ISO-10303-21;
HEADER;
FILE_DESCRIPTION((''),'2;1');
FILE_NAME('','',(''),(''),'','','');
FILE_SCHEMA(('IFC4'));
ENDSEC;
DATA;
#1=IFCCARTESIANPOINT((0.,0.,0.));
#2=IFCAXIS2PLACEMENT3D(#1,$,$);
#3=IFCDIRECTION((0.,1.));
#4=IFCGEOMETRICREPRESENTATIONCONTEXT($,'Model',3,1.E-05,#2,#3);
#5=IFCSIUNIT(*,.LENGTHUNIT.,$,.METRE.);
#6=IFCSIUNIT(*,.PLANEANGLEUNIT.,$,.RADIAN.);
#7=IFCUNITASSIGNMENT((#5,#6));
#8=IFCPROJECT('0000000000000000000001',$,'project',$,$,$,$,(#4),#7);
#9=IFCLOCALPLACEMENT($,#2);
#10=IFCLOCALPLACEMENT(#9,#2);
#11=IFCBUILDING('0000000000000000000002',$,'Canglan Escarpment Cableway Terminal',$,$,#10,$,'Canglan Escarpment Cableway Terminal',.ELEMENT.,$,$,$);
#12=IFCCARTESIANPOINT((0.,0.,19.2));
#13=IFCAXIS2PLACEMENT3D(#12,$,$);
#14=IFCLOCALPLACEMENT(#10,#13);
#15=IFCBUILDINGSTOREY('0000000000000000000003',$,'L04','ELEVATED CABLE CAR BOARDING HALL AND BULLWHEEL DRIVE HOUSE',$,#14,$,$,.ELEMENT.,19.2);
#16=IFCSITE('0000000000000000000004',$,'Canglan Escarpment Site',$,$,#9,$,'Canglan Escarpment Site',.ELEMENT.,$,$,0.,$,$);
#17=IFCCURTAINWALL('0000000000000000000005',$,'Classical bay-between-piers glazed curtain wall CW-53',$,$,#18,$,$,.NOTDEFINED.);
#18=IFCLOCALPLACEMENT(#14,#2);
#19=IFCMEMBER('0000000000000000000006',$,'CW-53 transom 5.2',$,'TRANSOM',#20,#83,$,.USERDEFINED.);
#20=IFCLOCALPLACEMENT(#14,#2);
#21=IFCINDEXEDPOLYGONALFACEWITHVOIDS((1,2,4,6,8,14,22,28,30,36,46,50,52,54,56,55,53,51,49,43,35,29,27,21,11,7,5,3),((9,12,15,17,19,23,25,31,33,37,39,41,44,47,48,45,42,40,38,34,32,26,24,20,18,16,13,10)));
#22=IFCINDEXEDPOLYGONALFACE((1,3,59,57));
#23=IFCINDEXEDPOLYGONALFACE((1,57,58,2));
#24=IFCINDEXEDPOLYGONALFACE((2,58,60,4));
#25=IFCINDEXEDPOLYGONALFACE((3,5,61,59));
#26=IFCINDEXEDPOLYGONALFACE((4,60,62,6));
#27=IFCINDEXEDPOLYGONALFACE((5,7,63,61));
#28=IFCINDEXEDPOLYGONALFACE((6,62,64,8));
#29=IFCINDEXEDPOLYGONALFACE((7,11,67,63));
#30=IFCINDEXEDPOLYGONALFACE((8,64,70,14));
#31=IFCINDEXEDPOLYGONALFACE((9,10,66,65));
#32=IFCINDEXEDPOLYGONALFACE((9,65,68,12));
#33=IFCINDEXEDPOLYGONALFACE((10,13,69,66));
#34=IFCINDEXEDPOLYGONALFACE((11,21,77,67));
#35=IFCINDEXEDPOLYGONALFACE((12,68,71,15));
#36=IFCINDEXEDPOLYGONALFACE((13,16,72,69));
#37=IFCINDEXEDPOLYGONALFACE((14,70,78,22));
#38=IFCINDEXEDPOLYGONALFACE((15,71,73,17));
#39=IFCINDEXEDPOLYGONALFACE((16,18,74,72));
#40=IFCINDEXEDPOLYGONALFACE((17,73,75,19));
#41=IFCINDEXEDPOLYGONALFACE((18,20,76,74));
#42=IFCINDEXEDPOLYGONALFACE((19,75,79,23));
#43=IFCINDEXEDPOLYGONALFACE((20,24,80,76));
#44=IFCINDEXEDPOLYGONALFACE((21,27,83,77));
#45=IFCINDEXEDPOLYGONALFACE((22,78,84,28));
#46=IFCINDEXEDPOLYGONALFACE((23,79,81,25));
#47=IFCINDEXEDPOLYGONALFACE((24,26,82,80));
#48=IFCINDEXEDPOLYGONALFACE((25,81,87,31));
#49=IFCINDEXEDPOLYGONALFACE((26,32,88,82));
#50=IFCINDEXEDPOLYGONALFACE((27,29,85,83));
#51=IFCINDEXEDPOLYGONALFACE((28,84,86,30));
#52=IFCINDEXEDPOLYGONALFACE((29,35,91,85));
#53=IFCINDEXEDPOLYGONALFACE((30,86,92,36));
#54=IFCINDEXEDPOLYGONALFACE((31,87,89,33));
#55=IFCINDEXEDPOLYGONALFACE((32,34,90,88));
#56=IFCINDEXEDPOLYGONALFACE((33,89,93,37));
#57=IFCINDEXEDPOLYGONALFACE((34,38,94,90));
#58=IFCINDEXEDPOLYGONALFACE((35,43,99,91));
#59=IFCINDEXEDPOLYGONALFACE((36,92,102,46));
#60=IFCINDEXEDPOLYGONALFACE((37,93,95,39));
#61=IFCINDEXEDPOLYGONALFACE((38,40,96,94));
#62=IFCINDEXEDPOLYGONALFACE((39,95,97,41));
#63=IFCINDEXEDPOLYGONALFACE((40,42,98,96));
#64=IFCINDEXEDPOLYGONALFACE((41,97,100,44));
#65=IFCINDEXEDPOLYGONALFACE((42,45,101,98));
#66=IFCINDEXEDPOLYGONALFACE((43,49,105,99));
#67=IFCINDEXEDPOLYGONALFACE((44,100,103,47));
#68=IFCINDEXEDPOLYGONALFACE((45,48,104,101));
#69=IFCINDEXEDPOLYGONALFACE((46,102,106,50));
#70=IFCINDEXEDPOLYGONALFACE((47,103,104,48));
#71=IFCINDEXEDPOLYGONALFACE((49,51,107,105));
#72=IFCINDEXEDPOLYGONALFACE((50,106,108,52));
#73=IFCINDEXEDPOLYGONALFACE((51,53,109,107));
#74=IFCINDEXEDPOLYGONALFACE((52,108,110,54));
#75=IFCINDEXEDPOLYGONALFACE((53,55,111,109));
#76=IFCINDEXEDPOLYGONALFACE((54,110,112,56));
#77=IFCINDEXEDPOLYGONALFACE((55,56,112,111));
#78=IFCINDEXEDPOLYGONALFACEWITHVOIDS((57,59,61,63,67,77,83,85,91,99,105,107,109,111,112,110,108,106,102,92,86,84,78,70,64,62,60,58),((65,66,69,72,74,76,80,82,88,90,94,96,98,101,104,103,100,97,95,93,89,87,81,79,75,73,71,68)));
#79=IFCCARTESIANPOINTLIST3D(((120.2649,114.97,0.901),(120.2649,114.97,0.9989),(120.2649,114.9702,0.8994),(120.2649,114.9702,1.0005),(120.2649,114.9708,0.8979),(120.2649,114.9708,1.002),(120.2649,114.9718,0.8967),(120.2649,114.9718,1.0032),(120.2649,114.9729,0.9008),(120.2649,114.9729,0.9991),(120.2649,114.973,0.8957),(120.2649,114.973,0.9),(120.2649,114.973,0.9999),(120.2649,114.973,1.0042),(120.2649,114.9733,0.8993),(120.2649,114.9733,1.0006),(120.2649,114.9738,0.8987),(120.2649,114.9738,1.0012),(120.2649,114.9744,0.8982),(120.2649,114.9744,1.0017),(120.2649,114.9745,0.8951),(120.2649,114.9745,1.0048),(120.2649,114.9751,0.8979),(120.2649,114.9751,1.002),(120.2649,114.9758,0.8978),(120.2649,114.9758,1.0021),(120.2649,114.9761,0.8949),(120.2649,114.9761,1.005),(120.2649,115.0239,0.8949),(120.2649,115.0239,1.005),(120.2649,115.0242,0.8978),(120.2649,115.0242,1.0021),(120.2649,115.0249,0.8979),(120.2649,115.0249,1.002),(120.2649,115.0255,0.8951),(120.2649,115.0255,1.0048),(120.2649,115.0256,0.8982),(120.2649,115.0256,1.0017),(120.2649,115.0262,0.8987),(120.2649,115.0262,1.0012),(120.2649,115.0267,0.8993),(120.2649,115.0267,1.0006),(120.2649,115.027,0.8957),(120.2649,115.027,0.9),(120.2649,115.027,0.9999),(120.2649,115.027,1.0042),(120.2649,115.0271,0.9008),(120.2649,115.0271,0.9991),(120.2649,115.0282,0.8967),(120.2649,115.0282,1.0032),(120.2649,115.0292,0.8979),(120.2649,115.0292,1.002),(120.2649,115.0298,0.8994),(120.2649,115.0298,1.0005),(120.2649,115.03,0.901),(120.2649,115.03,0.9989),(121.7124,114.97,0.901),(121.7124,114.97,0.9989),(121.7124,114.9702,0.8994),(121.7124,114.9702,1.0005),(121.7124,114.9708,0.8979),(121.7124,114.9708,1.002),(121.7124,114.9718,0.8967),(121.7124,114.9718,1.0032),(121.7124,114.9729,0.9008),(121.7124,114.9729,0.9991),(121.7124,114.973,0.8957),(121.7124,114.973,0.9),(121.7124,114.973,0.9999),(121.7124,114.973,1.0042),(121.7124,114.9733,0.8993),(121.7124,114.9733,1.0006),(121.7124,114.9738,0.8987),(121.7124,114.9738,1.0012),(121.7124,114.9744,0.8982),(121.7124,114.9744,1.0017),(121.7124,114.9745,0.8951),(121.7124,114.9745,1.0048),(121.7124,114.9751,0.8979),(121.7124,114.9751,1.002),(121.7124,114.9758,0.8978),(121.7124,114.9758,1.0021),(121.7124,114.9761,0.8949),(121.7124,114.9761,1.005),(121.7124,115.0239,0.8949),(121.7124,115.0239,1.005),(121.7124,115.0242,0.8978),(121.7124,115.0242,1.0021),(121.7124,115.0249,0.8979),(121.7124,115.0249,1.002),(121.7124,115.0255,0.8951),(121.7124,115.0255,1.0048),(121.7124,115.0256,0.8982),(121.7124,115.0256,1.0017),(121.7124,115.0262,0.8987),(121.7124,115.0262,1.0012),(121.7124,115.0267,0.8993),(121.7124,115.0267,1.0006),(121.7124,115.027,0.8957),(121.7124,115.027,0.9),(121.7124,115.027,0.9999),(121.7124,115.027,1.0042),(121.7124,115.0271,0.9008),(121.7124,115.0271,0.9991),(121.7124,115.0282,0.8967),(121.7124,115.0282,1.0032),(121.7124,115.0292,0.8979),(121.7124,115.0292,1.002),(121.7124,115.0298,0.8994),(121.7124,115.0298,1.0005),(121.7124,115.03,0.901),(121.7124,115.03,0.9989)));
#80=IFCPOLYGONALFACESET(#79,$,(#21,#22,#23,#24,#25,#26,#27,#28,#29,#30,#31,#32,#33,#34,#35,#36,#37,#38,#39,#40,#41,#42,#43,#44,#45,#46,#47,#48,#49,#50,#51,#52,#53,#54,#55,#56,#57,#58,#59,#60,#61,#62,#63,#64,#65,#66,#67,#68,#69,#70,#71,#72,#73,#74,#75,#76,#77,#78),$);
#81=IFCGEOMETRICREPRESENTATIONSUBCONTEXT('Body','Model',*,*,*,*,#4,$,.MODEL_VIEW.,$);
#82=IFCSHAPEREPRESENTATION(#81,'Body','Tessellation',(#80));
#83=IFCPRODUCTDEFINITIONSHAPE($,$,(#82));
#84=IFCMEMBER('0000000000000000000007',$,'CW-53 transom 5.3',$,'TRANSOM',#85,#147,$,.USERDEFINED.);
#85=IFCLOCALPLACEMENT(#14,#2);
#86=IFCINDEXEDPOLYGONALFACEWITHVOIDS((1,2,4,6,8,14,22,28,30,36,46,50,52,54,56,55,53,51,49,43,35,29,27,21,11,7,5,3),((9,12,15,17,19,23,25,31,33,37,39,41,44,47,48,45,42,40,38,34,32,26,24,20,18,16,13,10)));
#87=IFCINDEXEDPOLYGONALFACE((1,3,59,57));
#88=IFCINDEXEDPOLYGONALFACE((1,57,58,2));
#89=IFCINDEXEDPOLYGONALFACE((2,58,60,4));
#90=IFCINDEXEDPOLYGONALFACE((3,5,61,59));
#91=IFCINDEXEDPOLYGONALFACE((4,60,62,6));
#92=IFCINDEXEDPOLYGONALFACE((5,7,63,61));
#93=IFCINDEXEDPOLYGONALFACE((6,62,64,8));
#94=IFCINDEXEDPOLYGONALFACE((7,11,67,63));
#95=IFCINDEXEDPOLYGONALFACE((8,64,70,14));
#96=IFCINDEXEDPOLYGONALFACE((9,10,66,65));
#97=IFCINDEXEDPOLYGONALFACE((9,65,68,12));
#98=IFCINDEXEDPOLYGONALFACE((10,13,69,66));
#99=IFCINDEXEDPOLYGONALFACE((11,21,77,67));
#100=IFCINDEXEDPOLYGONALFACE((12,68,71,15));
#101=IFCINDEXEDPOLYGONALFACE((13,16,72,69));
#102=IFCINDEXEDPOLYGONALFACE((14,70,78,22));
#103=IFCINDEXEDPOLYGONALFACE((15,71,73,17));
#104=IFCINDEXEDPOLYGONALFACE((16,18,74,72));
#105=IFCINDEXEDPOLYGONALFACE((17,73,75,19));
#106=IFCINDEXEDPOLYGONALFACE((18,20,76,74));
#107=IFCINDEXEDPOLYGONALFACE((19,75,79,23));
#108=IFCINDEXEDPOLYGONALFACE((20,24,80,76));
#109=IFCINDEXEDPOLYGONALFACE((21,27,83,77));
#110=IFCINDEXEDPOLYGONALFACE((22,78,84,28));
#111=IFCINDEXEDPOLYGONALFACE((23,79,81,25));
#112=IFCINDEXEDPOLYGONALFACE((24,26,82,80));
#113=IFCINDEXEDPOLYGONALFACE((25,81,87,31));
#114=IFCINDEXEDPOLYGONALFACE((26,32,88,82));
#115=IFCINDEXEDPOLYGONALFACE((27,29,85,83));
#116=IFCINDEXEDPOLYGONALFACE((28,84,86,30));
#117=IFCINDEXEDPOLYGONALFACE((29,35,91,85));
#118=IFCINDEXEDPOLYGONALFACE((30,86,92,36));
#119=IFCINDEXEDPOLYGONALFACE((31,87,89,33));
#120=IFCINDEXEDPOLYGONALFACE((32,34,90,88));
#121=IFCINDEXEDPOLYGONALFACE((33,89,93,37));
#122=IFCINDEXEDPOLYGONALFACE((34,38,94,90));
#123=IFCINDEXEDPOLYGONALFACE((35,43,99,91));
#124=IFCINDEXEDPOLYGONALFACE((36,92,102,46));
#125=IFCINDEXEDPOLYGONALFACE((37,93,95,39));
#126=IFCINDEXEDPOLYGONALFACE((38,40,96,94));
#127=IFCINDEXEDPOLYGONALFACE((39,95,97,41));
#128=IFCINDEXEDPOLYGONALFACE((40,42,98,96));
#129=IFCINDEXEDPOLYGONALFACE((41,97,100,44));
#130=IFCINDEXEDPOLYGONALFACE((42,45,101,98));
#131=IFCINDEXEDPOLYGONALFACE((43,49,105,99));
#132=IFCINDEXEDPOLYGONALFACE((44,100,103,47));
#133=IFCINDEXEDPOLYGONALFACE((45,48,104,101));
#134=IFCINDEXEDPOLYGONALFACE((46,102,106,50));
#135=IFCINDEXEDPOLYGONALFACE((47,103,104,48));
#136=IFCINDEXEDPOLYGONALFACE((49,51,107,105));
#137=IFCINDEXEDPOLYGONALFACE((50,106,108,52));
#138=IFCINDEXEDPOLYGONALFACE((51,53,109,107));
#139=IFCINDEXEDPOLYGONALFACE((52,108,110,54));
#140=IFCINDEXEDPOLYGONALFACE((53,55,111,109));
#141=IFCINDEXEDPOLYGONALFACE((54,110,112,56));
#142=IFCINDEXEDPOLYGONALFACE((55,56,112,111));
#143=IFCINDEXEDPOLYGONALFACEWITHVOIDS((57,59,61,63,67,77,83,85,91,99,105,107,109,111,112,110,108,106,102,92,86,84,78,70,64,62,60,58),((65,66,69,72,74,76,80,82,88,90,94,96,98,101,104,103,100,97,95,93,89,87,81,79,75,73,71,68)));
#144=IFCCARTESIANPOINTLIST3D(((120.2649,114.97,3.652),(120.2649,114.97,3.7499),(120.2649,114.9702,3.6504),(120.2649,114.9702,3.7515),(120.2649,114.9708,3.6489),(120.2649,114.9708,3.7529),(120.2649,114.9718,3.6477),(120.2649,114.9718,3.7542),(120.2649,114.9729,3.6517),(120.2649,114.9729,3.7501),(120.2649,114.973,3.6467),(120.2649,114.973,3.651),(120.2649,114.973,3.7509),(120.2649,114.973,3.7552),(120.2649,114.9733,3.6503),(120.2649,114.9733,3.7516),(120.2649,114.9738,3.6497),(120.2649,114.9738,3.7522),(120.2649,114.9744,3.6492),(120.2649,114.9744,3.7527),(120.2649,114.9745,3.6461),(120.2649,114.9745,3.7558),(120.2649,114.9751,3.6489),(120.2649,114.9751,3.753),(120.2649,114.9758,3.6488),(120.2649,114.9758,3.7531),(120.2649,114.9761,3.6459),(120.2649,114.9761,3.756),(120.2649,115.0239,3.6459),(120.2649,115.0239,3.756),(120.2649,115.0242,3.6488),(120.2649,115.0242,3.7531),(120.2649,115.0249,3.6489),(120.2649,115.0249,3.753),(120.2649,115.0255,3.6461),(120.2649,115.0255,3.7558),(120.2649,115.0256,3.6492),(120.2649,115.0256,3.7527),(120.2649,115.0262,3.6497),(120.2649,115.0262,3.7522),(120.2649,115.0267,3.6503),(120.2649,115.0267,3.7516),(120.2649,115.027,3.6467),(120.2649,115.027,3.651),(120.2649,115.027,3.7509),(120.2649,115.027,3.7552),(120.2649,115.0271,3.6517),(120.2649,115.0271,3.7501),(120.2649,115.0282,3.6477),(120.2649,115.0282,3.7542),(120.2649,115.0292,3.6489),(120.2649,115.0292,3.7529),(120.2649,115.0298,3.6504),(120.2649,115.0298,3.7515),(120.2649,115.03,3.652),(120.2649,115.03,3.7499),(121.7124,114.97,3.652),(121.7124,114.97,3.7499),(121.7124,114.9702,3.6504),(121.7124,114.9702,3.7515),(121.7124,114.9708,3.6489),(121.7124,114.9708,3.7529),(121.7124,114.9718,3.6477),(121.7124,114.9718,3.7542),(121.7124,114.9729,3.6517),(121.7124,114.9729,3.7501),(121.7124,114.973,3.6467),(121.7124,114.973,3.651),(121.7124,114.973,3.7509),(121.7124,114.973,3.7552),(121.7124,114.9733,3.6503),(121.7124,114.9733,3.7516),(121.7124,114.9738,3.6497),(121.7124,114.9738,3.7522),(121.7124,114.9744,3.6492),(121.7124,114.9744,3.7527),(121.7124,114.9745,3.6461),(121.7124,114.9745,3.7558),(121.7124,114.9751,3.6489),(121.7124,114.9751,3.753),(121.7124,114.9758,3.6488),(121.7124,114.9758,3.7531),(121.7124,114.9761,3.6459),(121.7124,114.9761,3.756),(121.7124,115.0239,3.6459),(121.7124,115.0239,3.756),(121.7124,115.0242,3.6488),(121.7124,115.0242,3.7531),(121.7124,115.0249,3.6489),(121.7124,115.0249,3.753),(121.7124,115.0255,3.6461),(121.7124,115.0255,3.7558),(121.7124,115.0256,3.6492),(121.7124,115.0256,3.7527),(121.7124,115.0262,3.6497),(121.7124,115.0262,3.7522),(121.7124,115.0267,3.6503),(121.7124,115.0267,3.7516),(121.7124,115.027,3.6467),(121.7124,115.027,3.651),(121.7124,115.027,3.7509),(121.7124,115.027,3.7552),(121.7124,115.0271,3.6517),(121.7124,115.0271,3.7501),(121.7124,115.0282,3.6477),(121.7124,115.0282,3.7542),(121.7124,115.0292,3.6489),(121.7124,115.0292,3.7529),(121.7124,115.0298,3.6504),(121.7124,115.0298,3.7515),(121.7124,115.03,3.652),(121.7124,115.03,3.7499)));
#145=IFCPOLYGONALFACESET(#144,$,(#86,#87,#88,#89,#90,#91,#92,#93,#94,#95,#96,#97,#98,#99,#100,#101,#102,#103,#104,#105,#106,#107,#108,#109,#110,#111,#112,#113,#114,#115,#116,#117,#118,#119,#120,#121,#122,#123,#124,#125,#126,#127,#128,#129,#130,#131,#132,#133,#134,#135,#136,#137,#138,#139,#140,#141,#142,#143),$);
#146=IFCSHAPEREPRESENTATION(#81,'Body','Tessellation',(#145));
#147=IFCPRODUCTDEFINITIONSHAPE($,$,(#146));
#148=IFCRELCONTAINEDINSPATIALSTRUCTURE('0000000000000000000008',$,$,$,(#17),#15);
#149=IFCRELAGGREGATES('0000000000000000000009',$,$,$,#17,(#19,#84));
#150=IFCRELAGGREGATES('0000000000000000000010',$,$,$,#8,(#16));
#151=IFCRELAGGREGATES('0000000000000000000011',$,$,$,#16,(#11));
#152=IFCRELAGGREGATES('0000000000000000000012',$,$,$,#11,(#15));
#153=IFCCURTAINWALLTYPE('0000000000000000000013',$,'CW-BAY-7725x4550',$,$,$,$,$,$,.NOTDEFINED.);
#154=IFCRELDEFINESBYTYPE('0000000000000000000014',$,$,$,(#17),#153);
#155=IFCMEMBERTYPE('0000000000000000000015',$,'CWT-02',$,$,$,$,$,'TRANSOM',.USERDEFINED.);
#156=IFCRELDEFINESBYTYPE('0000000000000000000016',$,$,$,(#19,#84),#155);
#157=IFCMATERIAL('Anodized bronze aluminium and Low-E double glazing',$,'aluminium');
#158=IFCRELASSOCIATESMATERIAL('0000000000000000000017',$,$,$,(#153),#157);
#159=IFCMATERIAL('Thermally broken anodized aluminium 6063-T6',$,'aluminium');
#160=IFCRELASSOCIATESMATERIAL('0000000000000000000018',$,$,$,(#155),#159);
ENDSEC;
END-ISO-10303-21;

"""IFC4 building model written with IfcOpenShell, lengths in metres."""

from ifc_helpers import new_model, si_unit, direction, frame, origin, origin_2d, place, context, subcontext, project, spatial, hollow_rectangle, extrude, material, material_profile, profile_set, type_object, element, aggregate, save


model = new_model("IFC4")

# Units and contexts
model_context = context("Model", 3, precision=1e-05, world=origin(), true_north=direction((0.0, 1.0)))
body_context = subcontext(model_context, "Body", "Model", "MODEL_VIEW")
ifc_project = project(units=[si_unit("LENGTHUNIT", "METRE"), si_unit("PLANEANGLEUNIT", "RADIAN")], contexts=[model_context])

# Site, building, storey
site_placement = place(None, origin())
site = spatial("IfcSite", under=ifc_project, at=site_placement, Name="Canglan Escarpment Site", LongName="Canglan Escarpment Site", CompositionType="ELEMENT", RefElevation=0.0)
building_placement = place(site_placement, origin())
building = spatial("IfcBuilding", under=site, at=building_placement, Name="Canglan Escarpment Cableway Terminal", LongName="Canglan Escarpment Cableway Terminal", CompositionType="ELEMENT")
storey_placement = place(building_placement, frame((0.0, 0.0, 19.2)))
storey = spatial("IfcBuildingStorey", under=building, at=storey_placement, Name="L04", Description="ELEVATED CABLE CAR BOARDING HALL AND BULLWHEEL DRIVE HOUSE", CompositionType="ELEMENT", Elevation=19.2)

# Curtain wall, members
ifc_material_1 = material(Name="Anodized bronze aluminium and Low-E double glazing", Category="aluminium")
curtain_wall_type = type_object("IfcCurtainWallType", Name="CW-BAY-7725x4550", PredefinedType="NOTDEFINED", material=ifc_material_1)
curtain_wall_placement = place(storey_placement, origin())
curtain_wall = element("IfcCurtainWall", 1, at=curtain_wall_placement, inside=storey, type_object=curtain_wall_type, Name="Classical bay-between-piers glazed curtain wall CW-53", PredefinedType="NOTDEFINED")
ifc_material_2 = material(Name="Thermally broken anodized aluminium 6063-T6", Category="aluminium")
ifc_material_profile_1 = material_profile(ifc_material_2, hollow_rectangle(XDim=0.0601, YDim=0.1101, WallThickness=0.0029, InnerFilletRadius=0.0029, OuterFilletRadius=0.0061, at=origin_2d()), Name="ALU-TRAN 60x110x3")
ifc_profile_set_1 = profile_set([ifc_material_profile_1], Name="Thermally broken anodized aluminium 6063-T6")
member_type_1 = type_object("IfcMemberType", Name="CWT-02", ElementType="TRANSOM", PredefinedType="USERDEFINED", material=ifc_profile_set_1)
member_1_placement = place(storey_placement, frame((121.7124, 115.0, 0.95), z_axis=(-1.0, 0.0, 0.0), x_axis=(0.0, -1.0, 0.0)))
member_1 = element("IfcMember", 2, at=member_1_placement, type_object=member_type_1, Name="CW-53 transom 5.2", ObjectType="TRANSOM", PredefinedType="USERDEFINED", context=body_context, shape_type="SweptSolid", body=[
    extrude(hollow_rectangle(XDim=0.0601, YDim=0.1101, WallThickness=0.0029, InnerFilletRadius=0.0029, OuterFilletRadius=0.0061, at=origin_2d()), origin(), (0.0, 0.0, 1.0), 1.4475),
])
member_2_placement = place(storey_placement, frame((121.7124, 115.0, 3.7009), z_axis=(-1.0, 0.0, 0.0), x_axis=(0.0, -1.0, 0.0)))
member_2 = element("IfcMember", 3, at=member_2_placement, type_object=member_type_1, Name="CW-53 transom 5.3", ObjectType="TRANSOM", PredefinedType="USERDEFINED", context=body_context, shape_type="SweptSolid", body=[
    extrude(hollow_rectangle(XDim=0.0601, YDim=0.1101, WallThickness=0.0029, InnerFilletRadius=0.0029, OuterFilletRadius=0.0061, at=origin_2d()), origin(), (0.0, 0.0, 1.0), 1.4475),
])

aggregate(curtain_wall, [member_1, member_2])

save(model, "model.ifc")
